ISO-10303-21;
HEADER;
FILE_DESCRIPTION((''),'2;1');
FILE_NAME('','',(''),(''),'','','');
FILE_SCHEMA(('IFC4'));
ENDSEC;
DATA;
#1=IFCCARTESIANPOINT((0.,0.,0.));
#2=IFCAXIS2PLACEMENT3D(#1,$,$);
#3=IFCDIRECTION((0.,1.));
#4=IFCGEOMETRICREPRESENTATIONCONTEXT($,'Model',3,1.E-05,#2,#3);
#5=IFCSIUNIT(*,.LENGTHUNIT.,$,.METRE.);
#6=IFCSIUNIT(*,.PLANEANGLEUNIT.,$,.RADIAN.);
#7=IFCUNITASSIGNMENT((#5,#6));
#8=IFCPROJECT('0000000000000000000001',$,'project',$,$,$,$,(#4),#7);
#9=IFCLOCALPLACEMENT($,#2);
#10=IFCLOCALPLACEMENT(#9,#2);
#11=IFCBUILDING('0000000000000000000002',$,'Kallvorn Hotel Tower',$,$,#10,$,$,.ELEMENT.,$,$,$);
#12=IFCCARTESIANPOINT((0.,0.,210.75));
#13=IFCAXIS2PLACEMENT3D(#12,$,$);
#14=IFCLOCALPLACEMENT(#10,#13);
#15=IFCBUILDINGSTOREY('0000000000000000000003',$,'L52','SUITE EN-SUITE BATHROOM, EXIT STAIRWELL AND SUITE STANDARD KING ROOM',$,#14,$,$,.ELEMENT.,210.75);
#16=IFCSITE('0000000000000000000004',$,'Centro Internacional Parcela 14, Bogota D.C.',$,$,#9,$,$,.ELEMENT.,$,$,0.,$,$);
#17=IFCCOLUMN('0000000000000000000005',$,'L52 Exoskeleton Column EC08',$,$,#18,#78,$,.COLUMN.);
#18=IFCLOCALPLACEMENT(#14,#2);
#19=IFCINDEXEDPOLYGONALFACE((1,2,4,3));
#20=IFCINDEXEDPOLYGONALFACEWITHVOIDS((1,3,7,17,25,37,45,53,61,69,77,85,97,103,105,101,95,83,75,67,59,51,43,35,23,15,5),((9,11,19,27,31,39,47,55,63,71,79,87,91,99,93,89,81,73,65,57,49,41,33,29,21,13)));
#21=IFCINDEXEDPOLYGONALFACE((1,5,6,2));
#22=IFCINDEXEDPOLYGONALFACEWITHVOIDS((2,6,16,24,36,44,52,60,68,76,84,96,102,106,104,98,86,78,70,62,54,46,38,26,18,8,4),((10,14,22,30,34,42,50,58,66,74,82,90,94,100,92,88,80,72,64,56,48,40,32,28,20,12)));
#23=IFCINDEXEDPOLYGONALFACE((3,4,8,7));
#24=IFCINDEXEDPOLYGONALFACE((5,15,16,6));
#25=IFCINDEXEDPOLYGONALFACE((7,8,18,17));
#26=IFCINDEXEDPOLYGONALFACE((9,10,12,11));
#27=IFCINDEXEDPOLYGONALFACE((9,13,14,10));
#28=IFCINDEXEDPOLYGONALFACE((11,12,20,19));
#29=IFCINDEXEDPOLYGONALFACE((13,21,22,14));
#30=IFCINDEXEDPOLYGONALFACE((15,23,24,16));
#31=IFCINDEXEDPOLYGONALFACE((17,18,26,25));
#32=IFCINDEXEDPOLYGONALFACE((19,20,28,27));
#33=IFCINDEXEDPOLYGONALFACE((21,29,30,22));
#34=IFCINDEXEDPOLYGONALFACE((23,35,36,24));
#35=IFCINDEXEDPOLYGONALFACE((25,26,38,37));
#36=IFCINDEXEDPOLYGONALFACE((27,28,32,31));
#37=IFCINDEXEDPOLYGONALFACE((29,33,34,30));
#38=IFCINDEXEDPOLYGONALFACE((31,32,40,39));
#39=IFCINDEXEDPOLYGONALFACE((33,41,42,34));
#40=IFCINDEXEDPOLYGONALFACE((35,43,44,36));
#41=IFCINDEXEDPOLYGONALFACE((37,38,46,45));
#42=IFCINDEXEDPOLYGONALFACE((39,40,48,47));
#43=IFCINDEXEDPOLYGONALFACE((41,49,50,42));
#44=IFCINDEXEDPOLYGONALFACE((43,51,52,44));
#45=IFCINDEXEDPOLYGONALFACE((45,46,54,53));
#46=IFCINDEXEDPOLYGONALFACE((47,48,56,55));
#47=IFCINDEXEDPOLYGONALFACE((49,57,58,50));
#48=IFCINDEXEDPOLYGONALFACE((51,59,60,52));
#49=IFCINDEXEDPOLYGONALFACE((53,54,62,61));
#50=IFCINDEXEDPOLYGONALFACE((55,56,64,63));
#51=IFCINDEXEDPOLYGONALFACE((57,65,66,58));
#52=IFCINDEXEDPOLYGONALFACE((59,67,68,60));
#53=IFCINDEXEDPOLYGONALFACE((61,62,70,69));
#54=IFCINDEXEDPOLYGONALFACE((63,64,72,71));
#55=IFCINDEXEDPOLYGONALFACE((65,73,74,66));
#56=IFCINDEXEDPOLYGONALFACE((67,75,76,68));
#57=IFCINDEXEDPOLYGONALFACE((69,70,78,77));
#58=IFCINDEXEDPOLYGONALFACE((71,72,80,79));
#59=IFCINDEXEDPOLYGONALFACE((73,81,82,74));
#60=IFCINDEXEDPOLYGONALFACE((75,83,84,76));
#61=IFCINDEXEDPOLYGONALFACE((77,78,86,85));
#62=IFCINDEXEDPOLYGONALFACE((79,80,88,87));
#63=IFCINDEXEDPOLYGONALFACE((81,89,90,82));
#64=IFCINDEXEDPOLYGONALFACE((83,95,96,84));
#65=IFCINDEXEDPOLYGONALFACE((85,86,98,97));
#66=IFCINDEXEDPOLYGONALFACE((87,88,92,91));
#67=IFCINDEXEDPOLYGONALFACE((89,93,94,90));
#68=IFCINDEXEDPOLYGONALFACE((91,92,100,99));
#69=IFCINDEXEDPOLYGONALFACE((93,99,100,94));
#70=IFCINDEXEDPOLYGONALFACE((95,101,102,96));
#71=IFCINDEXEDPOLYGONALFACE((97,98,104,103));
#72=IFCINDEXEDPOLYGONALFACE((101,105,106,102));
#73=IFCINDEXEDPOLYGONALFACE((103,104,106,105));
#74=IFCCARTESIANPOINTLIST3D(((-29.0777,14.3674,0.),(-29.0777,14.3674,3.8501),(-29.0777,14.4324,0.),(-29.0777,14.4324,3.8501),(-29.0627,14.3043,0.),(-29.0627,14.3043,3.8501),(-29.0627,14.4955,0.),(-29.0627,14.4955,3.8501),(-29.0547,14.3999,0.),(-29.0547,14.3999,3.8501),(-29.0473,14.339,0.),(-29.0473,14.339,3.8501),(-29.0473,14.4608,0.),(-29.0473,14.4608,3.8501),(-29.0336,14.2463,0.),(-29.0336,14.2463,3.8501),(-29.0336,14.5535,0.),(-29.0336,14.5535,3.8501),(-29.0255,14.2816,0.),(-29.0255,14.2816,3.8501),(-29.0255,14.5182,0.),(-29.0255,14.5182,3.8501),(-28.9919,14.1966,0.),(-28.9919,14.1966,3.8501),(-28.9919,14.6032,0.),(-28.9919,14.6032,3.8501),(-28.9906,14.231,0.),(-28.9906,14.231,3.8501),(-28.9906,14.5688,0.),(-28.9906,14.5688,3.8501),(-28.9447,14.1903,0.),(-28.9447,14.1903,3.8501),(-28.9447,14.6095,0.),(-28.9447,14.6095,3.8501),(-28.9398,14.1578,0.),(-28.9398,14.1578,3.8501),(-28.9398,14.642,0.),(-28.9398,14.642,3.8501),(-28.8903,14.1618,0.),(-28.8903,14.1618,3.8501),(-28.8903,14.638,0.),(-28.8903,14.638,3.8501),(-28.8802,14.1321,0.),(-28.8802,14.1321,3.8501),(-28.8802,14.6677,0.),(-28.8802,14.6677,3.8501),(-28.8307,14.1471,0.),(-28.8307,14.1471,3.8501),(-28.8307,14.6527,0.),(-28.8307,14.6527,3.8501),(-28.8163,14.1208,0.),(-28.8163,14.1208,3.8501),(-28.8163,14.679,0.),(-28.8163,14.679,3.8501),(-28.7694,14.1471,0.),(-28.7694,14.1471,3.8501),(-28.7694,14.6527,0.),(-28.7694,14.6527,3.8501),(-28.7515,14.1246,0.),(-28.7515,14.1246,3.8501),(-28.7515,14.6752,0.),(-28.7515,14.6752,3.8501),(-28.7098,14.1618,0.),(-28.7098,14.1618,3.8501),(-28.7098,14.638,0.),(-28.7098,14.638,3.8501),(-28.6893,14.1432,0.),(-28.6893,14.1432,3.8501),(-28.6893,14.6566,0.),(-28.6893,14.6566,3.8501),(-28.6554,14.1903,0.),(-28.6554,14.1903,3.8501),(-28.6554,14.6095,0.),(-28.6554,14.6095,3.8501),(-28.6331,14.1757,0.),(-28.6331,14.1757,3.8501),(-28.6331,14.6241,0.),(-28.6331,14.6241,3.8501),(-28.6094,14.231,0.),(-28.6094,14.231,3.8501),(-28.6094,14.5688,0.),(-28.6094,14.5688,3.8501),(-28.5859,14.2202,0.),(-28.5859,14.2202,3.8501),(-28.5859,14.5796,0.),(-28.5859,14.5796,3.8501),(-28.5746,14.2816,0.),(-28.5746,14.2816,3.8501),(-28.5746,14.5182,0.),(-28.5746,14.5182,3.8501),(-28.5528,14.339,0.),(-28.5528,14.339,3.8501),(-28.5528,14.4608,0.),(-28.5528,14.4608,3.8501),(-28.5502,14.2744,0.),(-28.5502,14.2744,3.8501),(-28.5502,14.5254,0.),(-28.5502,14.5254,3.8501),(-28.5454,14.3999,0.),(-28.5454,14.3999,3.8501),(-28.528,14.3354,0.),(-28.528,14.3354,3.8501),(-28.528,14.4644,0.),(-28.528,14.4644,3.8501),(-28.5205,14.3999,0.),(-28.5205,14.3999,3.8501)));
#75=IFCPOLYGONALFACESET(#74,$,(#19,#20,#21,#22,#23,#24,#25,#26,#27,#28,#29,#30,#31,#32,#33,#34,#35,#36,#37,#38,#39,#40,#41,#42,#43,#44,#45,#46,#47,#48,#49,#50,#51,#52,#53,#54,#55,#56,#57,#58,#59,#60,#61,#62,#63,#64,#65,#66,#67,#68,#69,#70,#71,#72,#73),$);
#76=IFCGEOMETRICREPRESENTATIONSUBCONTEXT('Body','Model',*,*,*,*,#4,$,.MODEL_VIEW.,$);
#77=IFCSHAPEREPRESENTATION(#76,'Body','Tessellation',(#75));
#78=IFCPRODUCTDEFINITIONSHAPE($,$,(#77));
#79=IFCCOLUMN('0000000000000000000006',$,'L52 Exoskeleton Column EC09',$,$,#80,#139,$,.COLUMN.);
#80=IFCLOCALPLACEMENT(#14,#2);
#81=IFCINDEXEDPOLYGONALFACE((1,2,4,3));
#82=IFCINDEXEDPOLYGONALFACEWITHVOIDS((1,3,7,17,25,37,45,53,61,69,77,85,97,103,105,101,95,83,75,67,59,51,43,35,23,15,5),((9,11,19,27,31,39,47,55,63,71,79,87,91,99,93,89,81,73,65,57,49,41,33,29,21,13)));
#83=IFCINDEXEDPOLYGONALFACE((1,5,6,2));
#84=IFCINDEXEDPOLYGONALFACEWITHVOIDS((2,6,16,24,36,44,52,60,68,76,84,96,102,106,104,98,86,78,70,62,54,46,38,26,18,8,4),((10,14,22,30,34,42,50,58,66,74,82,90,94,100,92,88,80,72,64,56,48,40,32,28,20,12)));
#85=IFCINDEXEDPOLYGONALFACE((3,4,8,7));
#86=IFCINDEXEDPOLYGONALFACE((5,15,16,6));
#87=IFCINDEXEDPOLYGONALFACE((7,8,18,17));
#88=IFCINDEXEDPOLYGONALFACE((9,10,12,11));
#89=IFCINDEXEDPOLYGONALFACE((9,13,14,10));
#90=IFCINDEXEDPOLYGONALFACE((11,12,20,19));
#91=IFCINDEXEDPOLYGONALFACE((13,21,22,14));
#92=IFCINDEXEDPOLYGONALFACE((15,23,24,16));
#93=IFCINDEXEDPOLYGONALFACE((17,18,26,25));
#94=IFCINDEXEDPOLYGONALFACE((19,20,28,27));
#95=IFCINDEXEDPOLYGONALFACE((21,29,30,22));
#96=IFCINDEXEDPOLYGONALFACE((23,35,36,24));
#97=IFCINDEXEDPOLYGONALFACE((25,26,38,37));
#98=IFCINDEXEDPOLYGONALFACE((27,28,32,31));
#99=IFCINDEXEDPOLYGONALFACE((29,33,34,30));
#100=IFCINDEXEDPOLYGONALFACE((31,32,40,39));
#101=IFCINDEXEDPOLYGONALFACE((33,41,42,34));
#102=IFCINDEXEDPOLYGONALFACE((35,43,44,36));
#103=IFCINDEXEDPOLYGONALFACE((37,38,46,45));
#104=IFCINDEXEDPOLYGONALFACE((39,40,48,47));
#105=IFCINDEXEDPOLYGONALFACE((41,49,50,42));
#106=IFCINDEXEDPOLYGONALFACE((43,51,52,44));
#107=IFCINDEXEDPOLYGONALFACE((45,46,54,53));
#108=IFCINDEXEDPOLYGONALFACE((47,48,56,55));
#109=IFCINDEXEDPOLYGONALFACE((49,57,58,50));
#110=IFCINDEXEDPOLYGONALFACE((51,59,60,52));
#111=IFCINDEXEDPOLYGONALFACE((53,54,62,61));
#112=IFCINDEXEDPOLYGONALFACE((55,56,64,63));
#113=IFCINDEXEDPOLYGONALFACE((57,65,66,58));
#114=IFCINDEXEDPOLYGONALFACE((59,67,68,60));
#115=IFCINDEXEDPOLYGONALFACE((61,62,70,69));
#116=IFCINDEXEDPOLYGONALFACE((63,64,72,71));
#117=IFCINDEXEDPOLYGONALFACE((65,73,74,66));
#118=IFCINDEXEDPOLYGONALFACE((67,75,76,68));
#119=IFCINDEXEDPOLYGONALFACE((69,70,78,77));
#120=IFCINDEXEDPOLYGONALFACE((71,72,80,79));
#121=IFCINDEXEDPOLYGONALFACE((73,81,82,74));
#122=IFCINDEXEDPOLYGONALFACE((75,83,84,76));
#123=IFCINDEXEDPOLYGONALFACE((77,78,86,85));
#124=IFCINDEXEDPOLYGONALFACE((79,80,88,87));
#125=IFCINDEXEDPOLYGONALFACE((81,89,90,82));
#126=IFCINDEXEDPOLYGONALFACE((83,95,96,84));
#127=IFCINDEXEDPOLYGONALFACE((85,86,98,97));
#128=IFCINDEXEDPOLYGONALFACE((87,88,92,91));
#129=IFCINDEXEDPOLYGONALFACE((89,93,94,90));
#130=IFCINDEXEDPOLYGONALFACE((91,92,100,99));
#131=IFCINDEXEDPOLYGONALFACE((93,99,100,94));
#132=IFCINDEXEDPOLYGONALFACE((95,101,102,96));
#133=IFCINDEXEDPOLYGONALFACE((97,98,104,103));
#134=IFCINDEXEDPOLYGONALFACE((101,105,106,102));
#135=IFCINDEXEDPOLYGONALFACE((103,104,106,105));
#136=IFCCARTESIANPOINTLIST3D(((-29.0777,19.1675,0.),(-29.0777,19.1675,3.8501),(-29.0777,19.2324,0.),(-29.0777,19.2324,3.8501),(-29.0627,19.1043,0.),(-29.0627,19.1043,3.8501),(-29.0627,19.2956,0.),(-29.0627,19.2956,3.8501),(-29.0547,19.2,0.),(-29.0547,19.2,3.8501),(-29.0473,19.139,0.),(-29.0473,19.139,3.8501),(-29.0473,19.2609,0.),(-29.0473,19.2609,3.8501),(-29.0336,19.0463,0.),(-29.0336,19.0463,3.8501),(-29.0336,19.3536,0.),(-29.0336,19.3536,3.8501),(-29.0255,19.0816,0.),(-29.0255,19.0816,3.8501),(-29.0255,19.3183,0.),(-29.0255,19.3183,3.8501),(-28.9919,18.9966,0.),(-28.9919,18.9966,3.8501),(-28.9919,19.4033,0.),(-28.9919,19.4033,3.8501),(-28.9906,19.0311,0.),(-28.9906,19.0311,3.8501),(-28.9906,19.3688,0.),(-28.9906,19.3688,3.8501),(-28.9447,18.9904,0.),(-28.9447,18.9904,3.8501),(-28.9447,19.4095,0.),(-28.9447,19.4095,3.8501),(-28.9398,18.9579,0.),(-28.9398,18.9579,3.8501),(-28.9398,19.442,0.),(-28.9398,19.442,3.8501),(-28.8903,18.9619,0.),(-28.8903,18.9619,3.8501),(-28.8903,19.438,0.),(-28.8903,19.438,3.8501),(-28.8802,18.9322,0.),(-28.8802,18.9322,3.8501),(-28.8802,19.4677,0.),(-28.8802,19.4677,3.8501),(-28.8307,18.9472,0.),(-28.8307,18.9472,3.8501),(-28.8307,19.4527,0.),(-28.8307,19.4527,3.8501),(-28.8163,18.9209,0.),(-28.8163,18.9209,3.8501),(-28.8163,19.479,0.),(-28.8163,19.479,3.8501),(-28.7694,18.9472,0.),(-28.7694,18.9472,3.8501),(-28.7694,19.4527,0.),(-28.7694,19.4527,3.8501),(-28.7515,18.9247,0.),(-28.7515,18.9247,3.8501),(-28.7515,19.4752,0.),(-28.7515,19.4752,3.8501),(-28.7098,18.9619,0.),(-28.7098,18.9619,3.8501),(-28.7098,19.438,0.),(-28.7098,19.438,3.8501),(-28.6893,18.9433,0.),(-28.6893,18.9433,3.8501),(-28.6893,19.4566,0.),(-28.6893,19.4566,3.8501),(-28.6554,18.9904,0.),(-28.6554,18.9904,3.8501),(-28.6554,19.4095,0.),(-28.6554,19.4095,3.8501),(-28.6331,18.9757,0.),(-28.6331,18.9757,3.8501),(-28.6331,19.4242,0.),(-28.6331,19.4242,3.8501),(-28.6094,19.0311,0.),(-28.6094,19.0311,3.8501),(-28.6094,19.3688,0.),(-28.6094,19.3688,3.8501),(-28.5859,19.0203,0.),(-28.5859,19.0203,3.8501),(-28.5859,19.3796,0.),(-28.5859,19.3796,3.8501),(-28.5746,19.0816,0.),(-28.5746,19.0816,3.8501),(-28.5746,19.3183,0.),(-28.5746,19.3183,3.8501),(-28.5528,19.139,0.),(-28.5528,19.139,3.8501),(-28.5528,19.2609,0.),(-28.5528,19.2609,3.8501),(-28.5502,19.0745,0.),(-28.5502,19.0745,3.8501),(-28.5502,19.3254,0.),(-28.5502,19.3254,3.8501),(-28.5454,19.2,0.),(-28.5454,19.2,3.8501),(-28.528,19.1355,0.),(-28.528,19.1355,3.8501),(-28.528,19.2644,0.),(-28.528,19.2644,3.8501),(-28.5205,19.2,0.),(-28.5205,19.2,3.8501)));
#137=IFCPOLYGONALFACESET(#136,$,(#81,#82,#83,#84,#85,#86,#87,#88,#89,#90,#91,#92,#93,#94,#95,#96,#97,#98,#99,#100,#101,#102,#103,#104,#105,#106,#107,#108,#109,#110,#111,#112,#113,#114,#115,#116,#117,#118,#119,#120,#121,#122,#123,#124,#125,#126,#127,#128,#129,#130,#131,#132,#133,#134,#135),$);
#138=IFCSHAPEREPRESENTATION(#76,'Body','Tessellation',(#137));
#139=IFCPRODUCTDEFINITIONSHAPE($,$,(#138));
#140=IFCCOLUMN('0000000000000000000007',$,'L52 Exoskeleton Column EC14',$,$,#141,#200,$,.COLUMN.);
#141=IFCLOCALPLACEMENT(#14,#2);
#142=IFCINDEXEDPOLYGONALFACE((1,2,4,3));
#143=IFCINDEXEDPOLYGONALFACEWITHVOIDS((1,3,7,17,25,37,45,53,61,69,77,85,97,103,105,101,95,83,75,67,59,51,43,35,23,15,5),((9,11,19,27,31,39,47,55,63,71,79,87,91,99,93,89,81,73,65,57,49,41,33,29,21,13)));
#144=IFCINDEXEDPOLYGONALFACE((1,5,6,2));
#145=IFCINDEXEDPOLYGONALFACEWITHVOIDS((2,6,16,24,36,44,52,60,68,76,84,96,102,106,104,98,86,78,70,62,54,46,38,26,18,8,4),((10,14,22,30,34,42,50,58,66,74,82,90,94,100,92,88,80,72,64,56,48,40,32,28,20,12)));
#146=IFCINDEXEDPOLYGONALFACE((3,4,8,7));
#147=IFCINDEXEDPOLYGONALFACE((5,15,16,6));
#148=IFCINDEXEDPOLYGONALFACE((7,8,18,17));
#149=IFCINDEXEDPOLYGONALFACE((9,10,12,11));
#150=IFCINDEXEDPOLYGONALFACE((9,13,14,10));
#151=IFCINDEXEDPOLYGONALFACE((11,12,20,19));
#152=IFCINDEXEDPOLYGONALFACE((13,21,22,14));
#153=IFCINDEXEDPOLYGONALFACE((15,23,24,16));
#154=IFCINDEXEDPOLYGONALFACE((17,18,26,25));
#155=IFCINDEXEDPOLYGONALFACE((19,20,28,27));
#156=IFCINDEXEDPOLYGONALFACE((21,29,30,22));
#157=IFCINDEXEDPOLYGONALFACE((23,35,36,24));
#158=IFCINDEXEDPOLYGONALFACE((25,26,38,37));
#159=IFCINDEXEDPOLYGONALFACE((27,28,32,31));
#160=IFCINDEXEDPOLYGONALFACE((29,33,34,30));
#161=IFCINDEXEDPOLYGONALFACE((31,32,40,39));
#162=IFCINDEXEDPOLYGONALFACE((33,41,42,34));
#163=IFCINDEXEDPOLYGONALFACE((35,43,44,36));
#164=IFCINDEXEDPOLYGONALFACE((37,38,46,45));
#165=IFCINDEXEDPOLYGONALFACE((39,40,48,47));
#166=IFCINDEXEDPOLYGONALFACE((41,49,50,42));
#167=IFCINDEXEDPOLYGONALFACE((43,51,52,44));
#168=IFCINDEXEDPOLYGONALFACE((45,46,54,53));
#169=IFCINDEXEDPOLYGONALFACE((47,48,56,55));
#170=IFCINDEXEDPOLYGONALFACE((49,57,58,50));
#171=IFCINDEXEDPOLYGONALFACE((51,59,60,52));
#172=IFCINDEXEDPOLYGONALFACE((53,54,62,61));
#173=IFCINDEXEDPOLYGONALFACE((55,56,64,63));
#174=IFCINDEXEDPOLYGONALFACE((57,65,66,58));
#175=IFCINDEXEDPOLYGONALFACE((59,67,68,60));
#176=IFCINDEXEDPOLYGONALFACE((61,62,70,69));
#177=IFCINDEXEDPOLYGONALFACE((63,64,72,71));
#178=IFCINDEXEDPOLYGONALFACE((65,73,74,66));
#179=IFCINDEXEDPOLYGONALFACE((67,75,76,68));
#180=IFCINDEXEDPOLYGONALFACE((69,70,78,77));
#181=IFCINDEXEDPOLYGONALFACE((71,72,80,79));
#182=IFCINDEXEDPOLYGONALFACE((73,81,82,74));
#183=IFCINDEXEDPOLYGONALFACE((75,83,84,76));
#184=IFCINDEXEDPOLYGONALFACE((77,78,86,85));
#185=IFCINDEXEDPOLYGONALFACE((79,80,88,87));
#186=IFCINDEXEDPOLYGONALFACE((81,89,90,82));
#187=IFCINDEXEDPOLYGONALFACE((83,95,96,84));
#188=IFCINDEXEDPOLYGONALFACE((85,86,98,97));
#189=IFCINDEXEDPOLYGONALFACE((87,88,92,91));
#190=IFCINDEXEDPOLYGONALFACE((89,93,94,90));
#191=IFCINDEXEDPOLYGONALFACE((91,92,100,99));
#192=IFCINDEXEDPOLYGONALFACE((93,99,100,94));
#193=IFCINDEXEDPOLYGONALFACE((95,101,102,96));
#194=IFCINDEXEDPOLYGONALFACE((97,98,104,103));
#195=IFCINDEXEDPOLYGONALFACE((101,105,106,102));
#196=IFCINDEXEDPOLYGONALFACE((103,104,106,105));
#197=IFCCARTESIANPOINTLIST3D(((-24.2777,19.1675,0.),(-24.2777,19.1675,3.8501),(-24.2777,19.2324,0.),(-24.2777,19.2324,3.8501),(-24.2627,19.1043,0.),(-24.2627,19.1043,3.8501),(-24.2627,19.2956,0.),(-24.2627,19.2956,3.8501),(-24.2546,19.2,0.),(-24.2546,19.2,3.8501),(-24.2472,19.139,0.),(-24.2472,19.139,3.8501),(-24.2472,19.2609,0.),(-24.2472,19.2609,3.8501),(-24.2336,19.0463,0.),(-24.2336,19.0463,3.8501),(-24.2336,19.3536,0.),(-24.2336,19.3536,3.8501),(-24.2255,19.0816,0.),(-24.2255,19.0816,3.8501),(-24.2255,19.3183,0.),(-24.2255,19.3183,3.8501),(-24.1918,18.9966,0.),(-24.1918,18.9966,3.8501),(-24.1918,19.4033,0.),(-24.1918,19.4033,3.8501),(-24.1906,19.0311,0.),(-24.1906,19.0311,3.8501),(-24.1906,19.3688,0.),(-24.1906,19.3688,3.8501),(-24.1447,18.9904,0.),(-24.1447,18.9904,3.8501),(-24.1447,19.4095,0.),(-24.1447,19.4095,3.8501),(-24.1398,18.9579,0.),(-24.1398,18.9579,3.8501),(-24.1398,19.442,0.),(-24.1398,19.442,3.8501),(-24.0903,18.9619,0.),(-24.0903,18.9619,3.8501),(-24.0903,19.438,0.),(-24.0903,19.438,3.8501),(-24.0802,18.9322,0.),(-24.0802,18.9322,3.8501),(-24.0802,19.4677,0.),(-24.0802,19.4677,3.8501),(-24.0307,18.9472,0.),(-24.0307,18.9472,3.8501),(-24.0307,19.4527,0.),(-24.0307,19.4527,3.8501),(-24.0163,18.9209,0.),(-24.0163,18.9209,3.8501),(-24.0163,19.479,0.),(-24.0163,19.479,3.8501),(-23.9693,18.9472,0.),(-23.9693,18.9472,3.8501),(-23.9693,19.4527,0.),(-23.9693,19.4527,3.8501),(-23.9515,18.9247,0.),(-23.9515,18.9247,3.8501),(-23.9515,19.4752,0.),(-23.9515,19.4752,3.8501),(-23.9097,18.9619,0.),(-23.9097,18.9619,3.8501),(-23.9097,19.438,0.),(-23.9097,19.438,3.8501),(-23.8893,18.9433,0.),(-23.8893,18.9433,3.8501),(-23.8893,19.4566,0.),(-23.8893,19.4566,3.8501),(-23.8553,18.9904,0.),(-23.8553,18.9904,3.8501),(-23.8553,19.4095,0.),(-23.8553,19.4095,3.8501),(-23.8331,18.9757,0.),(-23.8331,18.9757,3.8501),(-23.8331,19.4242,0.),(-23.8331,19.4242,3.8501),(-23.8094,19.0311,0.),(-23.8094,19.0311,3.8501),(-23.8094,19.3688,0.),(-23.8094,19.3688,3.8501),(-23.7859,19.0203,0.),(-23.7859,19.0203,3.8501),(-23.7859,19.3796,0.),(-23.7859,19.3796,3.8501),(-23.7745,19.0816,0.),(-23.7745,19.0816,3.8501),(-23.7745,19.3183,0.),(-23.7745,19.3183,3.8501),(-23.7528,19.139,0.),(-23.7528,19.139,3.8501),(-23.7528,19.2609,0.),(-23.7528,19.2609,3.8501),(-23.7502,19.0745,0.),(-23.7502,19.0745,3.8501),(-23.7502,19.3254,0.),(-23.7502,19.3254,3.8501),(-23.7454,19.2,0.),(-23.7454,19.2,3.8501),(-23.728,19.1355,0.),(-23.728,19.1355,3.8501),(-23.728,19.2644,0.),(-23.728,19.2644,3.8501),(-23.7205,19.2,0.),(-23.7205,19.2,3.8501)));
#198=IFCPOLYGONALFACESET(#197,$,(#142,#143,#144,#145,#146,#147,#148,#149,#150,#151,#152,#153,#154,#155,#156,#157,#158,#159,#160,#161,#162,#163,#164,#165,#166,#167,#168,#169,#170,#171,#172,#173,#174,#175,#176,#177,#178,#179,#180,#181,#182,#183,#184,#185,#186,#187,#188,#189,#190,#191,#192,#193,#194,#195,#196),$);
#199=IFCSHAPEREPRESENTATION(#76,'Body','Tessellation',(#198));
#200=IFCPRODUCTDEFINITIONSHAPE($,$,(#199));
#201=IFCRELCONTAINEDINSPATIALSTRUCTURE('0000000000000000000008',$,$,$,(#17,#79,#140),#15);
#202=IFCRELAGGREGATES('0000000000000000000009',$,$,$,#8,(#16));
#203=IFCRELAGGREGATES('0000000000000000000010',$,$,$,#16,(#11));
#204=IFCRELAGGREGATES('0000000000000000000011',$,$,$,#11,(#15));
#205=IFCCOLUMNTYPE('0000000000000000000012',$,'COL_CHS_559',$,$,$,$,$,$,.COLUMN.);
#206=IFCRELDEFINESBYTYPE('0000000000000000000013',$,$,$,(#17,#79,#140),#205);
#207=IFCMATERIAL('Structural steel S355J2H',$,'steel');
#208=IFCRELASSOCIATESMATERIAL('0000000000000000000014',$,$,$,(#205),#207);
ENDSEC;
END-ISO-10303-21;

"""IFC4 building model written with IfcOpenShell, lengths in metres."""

from ifc_helpers import new_model, si_unit, direction, frame, origin, origin_2d, place, context, subcontext, project, spatial, hollow_circle, extrude, material, material_profile, profile_set, type_object, element, save


model = new_model("IFC4")

# Units and contexts
model_context = context("Model", 3, precision=1e-05, world=origin(), true_north=direction((0.0, 1.0)))
body_context = subcontext(model_context, "Body", "Model", "MODEL_VIEW")
ifc_project = project(units=[si_unit("LENGTHUNIT", "METRE"), si_unit("PLANEANGLEUNIT", "RADIAN")], contexts=[model_context])

# Site, building, storey
site_placement = place(None, origin())
site = spatial("IfcSite", under=ifc_project, at=site_placement, Name="Centro Internacional Parcela 14, Bogota D.C.", CompositionType="ELEMENT", RefElevation=0.0)
building_placement = place(site_placement, origin())
building = spatial("IfcBuilding", under=site, at=building_placement, Name="Kallvorn Hotel Tower", CompositionType="ELEMENT")
storey_placement = place(building_placement, frame((0.0, 0.0, 210.75)))
storey = spatial("IfcBuildingStorey", under=building, at=storey_placement, Name="L52", Description="SUITE EN-SUITE BATHROOM, EXIT STAIRWELL AND SUITE STANDARD KING ROOM", CompositionType="ELEMENT", Elevation=210.75)

# Columns
ifc_material_1 = material(Name="Structural steel S355J2H", Category="steel")
ifc_material_profile_1 = material_profile(ifc_material_1, hollow_circle(Radius=0.2795, WallThickness=0.0249, at=origin_2d()), Name="CHS 559x25")
ifc_profile_set_1 = profile_set([ifc_material_profile_1], Name="Structural steel S355J2H")
column_type_1 = type_object("IfcColumnType", Name="COL_CHS_559", PredefinedType="COLUMN", material=ifc_profile_set_1)
for number, where, z_axis, x_axis, name in (
    (1, (-28.8, 14.3999, 0.0), (0.0, 0.0, 1.0), (1.0, 0.0, 0.0), "L52 Exoskeleton Column EC08"),
    (2, (-28.8, 19.2, 0.0), (0.0, 0.0, 1.0), (1.0, 0.0, 0.0), "L52 Exoskeleton Column EC09"),
    (3, (-24.0, 19.2, 0.0), (0.0, 0.0, 1.0), (1.0, 0.0, 0.0), "L52 Exoskeleton Column EC14"),
):
    element("IfcColumn", number, at=place(storey_placement, frame(where, z_axis=z_axis, x_axis=x_axis)), inside=storey, type_object=column_type_1, Name=name, PredefinedType="COLUMN", context=body_context, shape_type="SweptSolid", body=[
        extrude(hollow_circle(Radius=0.2795, WallThickness=0.0249, at=origin_2d()), origin(), (0.0, 0.0, 1.0), 3.8501),
    ])

save(model, "model.ifc")
